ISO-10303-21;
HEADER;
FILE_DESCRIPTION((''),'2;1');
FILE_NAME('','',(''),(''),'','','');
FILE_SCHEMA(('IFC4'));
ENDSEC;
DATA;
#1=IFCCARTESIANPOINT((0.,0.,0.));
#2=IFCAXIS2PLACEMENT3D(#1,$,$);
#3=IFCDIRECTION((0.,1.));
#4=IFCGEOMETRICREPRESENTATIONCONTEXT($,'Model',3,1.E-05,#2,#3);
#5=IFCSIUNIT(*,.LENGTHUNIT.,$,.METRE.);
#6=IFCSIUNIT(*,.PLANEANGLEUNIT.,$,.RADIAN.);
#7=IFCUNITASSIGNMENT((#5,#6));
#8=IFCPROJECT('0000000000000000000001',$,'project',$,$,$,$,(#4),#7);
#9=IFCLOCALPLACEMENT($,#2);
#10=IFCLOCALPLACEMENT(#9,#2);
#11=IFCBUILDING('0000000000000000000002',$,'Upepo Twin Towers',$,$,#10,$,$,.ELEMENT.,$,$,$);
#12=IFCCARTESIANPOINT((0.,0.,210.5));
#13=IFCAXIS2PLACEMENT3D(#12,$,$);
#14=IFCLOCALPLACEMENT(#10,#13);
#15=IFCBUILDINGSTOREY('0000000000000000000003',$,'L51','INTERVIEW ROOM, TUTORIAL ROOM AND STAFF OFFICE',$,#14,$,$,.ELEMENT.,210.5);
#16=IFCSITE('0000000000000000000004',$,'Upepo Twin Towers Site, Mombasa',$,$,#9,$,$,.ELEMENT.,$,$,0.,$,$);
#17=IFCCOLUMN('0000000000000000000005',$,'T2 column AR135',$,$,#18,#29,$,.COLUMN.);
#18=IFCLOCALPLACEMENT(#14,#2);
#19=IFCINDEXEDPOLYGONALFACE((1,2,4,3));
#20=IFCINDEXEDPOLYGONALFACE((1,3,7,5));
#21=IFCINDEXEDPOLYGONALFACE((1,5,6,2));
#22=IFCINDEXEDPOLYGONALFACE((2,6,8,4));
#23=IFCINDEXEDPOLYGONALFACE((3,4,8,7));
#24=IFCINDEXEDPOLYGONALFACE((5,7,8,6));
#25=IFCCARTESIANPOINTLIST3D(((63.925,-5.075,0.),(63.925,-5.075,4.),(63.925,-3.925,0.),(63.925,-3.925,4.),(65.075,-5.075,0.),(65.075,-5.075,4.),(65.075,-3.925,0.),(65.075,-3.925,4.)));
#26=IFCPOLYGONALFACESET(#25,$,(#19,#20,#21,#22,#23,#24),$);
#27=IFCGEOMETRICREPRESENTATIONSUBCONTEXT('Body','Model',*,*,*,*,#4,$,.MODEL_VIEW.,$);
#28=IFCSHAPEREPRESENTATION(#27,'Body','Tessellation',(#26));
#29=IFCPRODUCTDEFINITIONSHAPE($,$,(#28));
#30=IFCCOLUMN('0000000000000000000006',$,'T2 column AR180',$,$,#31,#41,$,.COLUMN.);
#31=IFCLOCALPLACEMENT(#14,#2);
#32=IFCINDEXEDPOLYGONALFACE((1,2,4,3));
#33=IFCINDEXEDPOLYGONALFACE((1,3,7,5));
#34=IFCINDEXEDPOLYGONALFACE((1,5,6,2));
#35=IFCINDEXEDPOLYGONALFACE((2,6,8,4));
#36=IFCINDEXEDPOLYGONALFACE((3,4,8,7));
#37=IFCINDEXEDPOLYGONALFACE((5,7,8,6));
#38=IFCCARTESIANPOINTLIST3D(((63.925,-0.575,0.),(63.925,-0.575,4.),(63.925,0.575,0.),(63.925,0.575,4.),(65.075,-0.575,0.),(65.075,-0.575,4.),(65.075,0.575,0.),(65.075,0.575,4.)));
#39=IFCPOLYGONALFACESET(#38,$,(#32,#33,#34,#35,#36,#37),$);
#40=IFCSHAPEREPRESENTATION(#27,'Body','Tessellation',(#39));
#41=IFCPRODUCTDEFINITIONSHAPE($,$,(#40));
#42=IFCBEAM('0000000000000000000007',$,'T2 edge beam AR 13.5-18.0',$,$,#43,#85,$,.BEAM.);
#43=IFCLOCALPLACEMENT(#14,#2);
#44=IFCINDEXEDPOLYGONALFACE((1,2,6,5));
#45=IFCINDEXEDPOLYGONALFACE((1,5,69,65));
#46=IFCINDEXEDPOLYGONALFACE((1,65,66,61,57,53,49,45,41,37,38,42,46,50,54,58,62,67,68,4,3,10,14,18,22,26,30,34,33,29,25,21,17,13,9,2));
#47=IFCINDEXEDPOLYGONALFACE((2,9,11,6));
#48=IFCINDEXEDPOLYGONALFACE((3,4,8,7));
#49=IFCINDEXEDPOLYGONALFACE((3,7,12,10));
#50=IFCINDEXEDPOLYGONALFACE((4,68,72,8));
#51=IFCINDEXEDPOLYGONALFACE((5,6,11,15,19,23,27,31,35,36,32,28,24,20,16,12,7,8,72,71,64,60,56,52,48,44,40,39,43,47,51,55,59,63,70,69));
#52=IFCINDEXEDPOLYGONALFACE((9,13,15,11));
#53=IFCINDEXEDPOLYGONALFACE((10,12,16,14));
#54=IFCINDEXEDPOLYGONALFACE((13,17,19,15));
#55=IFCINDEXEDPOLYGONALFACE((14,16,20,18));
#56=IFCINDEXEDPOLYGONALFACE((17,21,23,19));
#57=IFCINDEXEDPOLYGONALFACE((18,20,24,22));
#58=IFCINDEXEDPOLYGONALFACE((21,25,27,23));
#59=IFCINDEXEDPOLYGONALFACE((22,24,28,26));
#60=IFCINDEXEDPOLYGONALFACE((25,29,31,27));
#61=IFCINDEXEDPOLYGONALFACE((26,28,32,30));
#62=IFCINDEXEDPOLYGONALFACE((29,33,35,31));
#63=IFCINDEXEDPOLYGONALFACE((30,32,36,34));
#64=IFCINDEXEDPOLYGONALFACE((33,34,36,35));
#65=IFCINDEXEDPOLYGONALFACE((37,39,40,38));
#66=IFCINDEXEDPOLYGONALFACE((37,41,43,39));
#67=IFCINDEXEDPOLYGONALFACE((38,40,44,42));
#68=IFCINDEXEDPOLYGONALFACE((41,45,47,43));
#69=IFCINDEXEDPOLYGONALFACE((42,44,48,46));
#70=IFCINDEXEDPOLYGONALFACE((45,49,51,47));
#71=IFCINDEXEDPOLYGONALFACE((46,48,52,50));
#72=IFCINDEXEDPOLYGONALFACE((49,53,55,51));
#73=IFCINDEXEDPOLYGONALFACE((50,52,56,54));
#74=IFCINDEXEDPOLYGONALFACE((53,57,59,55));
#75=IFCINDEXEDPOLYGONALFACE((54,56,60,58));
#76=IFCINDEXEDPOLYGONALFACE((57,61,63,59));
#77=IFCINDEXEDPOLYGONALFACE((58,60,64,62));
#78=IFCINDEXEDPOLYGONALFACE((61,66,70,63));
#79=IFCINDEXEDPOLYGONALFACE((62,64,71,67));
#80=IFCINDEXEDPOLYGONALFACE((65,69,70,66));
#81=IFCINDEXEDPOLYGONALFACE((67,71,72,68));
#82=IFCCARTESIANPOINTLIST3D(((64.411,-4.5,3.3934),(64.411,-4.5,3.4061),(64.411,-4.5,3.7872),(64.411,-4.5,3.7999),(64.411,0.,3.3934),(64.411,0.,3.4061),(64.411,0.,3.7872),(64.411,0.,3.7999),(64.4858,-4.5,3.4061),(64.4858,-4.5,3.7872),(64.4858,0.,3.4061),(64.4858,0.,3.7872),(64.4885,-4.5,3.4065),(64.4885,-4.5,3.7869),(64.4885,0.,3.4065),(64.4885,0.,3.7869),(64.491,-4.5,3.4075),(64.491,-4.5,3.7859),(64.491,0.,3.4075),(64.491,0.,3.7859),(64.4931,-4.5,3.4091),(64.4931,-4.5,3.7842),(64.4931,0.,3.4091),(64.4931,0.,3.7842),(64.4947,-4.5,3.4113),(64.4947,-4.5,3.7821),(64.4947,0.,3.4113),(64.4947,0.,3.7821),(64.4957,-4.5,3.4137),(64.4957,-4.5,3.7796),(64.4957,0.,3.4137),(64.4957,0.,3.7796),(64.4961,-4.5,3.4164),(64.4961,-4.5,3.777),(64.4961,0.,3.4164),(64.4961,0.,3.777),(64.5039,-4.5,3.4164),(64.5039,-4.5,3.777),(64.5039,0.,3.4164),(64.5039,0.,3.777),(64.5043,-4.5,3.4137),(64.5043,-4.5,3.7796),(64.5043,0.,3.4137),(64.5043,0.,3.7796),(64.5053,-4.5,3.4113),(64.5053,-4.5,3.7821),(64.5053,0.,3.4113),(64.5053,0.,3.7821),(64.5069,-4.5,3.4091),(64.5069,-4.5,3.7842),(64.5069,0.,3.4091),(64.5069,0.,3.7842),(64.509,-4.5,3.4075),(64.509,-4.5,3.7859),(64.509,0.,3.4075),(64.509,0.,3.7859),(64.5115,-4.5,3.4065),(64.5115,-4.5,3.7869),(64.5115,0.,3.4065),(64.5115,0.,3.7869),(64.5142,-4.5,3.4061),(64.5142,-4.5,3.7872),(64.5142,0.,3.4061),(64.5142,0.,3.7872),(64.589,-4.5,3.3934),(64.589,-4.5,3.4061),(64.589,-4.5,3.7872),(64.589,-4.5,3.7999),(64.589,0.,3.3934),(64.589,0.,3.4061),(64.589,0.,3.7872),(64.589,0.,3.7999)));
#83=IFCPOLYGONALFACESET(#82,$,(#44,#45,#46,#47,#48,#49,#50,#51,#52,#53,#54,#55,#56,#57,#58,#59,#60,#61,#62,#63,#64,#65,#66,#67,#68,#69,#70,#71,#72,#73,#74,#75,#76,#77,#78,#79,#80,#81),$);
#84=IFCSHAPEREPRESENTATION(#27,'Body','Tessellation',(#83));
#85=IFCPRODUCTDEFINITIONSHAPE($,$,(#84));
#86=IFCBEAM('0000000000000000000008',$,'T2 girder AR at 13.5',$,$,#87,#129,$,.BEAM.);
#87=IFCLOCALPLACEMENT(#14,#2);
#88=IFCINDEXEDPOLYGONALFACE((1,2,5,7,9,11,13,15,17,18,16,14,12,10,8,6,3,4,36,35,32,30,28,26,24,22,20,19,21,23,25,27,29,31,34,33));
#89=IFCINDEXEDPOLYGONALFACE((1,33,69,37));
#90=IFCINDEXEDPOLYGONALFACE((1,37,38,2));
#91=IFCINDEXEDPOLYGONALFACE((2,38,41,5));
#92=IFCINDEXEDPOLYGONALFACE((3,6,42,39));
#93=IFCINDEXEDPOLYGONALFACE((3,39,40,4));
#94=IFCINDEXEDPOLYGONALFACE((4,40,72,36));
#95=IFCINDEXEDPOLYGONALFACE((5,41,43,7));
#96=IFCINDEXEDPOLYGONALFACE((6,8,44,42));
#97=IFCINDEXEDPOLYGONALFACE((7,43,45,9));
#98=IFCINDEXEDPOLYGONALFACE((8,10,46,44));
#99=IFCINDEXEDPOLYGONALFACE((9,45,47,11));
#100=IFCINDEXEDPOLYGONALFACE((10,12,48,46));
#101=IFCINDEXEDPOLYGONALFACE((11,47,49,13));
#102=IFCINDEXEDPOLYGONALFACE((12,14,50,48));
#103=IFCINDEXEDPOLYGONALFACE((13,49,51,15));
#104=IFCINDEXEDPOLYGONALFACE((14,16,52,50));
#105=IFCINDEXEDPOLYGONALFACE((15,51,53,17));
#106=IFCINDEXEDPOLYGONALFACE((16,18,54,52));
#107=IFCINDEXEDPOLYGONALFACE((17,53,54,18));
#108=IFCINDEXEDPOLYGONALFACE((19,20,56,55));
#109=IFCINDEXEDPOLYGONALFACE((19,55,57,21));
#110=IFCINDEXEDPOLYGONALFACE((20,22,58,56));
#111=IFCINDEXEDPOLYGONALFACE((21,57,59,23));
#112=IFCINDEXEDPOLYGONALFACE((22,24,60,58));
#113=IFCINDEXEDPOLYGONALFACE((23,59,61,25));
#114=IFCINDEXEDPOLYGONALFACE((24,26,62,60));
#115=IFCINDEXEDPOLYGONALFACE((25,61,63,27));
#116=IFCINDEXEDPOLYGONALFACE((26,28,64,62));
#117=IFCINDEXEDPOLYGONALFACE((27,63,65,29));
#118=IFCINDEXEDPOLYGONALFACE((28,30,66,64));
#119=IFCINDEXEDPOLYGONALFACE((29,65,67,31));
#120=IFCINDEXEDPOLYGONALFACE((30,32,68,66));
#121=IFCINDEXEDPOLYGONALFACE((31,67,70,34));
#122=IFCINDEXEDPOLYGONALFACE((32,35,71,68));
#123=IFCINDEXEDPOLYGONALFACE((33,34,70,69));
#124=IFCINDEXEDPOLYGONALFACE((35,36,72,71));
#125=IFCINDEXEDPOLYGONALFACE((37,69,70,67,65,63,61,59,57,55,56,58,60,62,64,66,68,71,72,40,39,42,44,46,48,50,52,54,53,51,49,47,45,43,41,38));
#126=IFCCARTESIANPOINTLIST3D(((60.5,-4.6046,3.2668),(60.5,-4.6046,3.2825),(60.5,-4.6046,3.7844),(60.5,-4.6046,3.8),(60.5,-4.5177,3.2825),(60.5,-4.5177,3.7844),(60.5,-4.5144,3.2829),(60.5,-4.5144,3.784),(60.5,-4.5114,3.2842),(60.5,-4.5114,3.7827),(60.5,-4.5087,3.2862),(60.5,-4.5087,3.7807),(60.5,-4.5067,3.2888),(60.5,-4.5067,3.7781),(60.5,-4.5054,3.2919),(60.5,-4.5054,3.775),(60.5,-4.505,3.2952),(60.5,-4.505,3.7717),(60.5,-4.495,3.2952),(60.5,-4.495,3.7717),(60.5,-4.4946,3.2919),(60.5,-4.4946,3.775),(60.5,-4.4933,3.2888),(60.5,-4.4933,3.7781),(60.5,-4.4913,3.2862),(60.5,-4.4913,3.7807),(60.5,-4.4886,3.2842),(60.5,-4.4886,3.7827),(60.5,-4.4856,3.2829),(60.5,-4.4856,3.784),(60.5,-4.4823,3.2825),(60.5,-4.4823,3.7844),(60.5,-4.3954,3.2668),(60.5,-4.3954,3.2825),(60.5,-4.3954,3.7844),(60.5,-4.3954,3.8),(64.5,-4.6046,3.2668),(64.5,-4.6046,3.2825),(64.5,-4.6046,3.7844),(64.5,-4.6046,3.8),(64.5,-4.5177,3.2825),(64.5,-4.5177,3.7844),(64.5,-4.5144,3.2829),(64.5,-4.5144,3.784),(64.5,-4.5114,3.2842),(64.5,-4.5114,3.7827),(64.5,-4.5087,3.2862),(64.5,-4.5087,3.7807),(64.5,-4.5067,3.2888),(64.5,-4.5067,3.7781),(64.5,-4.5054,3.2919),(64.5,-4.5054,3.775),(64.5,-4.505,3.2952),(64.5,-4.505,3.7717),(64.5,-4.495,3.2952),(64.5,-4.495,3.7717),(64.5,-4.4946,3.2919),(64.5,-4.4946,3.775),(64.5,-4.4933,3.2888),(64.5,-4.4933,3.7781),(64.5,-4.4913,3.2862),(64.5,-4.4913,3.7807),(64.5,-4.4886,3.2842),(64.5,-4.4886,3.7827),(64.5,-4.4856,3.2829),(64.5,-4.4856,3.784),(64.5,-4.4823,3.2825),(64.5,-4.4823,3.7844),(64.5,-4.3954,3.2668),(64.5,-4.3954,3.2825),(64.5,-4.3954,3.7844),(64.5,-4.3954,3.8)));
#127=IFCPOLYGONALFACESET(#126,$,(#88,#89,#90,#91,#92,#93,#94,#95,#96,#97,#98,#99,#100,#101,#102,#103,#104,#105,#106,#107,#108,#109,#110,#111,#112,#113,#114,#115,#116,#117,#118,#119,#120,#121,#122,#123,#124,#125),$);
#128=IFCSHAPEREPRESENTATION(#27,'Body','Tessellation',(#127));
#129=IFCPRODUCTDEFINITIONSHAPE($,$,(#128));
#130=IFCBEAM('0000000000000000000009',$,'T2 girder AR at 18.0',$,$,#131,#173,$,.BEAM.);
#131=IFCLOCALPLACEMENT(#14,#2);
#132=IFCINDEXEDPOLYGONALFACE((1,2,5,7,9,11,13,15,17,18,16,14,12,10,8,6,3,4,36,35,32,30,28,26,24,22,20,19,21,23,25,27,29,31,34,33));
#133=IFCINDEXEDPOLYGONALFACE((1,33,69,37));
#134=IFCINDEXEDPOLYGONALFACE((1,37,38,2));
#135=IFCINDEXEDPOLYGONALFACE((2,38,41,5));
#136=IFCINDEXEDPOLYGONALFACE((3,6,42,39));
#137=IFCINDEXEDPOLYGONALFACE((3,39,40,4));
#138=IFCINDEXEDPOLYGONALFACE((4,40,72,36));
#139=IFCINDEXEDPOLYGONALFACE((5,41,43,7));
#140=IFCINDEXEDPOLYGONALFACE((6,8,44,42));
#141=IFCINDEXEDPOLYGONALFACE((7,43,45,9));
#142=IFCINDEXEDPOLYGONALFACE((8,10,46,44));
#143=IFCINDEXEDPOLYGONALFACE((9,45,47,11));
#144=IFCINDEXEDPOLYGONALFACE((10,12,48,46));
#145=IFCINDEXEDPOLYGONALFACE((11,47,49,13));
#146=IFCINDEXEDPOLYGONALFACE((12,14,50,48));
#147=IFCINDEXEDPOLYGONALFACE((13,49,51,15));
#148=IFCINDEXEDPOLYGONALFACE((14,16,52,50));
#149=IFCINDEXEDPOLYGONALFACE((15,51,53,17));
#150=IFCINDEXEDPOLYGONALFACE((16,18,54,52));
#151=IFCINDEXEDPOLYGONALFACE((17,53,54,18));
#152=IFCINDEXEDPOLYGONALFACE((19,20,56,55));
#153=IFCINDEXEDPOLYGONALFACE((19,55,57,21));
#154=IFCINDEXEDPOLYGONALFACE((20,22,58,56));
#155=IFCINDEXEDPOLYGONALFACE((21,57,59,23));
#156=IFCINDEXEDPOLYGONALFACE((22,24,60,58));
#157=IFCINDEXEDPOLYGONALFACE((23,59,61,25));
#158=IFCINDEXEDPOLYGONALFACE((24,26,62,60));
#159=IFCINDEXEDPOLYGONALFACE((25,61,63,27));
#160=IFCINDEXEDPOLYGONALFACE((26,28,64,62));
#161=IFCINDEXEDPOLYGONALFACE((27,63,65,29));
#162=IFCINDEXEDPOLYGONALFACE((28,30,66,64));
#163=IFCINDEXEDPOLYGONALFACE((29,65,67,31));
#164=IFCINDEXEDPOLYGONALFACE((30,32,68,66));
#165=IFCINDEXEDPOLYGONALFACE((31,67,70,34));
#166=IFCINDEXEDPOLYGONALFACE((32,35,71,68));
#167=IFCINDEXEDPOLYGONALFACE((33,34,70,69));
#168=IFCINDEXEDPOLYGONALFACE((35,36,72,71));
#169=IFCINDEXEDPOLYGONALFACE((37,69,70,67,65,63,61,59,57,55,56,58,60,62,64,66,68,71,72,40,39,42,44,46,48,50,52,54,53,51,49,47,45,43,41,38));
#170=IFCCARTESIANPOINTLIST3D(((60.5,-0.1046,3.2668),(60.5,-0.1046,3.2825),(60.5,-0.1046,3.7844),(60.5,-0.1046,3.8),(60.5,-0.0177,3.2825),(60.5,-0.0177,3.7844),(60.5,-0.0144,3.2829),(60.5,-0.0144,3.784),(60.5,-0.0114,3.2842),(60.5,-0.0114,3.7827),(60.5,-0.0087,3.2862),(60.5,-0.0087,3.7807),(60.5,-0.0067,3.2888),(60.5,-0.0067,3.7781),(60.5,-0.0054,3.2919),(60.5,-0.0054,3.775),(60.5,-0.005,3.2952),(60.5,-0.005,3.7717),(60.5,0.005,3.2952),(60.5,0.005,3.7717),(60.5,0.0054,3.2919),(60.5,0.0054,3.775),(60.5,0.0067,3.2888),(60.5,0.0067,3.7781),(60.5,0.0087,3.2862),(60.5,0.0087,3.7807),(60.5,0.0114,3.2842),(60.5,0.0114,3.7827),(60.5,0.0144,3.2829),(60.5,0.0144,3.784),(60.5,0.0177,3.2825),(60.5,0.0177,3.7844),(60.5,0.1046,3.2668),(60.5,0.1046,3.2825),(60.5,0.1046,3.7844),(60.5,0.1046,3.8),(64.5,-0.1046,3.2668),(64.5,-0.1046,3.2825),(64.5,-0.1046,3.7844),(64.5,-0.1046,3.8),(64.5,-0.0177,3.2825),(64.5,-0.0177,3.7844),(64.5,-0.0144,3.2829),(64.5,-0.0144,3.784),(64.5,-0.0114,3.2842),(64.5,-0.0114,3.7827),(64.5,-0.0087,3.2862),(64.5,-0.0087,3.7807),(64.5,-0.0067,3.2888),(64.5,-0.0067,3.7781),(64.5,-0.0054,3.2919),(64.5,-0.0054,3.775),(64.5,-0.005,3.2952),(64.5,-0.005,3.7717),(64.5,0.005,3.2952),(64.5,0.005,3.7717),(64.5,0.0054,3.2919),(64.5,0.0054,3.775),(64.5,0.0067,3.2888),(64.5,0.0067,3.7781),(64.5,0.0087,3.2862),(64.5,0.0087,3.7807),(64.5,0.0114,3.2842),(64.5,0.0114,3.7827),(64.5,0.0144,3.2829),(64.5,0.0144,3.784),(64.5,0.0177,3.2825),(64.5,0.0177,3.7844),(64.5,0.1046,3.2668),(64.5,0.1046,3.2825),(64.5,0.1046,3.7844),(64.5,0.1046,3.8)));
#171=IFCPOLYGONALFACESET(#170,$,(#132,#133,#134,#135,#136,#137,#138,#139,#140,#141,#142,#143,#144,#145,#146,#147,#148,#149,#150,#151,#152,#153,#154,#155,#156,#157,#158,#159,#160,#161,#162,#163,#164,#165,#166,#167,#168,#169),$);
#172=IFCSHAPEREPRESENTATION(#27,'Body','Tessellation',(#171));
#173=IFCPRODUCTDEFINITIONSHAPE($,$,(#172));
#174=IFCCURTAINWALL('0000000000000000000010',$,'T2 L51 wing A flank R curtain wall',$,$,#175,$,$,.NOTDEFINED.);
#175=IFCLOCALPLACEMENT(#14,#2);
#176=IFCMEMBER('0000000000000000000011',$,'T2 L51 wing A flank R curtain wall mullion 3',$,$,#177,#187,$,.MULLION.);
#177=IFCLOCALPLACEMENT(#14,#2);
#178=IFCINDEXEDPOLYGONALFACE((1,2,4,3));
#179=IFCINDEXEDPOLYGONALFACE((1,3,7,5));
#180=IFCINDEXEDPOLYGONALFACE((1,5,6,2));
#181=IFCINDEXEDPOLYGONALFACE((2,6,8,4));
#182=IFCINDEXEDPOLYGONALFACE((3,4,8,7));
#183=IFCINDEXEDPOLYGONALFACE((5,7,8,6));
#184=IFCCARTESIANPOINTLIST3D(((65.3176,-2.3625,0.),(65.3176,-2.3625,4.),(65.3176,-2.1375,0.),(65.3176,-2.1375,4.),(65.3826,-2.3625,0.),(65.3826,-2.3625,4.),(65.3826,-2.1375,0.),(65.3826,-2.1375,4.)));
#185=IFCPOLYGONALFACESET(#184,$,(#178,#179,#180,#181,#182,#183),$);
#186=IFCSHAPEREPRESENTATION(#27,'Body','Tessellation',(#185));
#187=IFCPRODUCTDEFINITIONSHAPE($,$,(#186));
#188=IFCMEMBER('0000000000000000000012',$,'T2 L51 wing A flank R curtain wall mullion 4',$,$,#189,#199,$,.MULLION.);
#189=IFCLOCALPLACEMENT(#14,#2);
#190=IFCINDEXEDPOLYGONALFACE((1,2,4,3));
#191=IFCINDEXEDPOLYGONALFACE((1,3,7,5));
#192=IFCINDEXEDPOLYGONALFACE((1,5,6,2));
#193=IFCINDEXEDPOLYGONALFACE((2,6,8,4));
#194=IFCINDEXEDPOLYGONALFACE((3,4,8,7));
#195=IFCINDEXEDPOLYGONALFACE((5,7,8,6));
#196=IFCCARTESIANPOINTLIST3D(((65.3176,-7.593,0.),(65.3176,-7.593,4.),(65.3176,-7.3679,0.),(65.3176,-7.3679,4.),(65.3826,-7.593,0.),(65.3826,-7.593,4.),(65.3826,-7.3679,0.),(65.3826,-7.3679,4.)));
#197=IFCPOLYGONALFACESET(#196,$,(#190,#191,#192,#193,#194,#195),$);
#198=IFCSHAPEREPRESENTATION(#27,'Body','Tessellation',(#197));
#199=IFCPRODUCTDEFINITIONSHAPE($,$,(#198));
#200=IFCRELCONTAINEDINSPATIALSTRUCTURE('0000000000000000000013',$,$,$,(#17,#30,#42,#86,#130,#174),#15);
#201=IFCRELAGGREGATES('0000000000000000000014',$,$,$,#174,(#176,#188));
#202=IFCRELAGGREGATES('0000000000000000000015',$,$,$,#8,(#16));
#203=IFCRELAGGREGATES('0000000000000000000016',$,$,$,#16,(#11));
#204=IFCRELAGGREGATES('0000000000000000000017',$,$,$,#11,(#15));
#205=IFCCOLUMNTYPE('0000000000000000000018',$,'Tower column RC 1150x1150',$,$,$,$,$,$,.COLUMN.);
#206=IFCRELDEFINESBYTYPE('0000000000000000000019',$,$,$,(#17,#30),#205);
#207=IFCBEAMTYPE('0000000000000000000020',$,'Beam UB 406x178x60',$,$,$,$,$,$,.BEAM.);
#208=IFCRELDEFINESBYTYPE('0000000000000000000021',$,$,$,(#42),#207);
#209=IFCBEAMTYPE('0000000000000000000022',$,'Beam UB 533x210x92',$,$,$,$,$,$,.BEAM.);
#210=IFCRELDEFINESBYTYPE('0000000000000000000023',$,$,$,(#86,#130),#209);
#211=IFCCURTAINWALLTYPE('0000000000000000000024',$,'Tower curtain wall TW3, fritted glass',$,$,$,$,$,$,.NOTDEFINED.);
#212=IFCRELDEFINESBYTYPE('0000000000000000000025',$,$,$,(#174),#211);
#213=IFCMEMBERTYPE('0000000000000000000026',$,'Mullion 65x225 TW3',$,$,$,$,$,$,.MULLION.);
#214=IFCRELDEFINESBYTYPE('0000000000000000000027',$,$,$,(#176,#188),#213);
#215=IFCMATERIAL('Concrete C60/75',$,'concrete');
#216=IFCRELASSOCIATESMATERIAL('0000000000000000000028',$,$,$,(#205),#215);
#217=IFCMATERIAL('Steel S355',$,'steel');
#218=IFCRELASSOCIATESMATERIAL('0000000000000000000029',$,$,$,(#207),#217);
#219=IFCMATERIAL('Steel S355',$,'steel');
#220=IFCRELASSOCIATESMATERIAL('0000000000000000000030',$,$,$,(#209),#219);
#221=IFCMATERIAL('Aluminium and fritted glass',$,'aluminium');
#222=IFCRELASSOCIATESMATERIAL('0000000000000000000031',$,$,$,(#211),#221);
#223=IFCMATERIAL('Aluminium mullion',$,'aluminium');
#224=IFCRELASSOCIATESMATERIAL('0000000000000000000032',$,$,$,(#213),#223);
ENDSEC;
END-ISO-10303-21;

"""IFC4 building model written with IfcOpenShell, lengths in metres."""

from ifc_helpers import new_model, si_unit, direction, frame, origin, origin_2d, place, context, subcontext, project, spatial, rectangle, i_section, extrude, material, material_profile, profile_set, type_object, element, aggregate, save


model = new_model("IFC4")

# Units and contexts
model_context = context("Model", 3, precision=1e-05, world=origin(), true_north=direction((0.0, 1.0)))
body_context = subcontext(model_context, "Body", "Model", "MODEL_VIEW")
ifc_project = project(units=[si_unit("LENGTHUNIT", "METRE"), si_unit("PLANEANGLEUNIT", "RADIAN")], contexts=[model_context])

# Site, building, storey
site_placement = place(None, origin())
site = spatial("IfcSite", under=ifc_project, at=site_placement, Name="Upepo Twin Towers Site, Mombasa", CompositionType="ELEMENT", RefElevation=0.0)
building_placement = place(site_placement, origin())
building = spatial("IfcBuilding", under=site, at=building_placement, Name="Upepo Twin Towers", CompositionType="ELEMENT")
storey_placement = place(building_placement, frame((0.0, 0.0, 210.5)))
storey = spatial("IfcBuildingStorey", under=building, at=storey_placement, Name="L51", Description="INTERVIEW ROOM, TUTORIAL ROOM AND STAFF OFFICE", CompositionType="ELEMENT", Elevation=210.5)

# Columns
ifc_material_1 = material(Name="Concrete C60/75", Category="concrete")
ifc_material_profile_1 = material_profile(ifc_material_1, rectangle(XDim=1.1499, YDim=1.1499, at=origin_2d()), Name="RC 1150x1150")
ifc_profile_set_1 = profile_set([ifc_material_profile_1], Name="Concrete C60/75")
column_type = type_object("IfcColumnType", Name="Tower column RC 1150x1150", PredefinedType="COLUMN", material=ifc_profile_set_1)
for number, where, z_axis, x_axis, name in (
    (1, (64.5, -4.5, 0.0), (0.0, 0.0, 1.0), (1.0, 0.0, 0.0), "T2 column AR135"),
    (2, (64.5, 0.0, 0.0), (0.0, 0.0, 1.0), (1.0, 0.0, 0.0), "T2 column AR180"),
):
    element("IfcColumn", number, at=place(storey_placement, frame(where, z_axis=z_axis, x_axis=x_axis)), inside=storey, type_object=column_type, Name=name, PredefinedType="COLUMN", context=body_context, shape_type="SweptSolid", body=[
        extrude(rectangle(XDim=1.1499, YDim=1.1499, at=origin_2d()), origin(), (0.0, 0.0, 1.0), 4.0),
    ])

# Beams
ifc_material_2 = material(Name="Steel S355", Category="steel")
ifc_material_profile_2 = material_profile(ifc_material_2, i_section(OverallWidth=0.178, OverallDepth=0.4065, WebThickness=0.0078, FlangeThickness=0.0127, FilletRadius=0.0103, at=origin_2d()), Name="UB 406x178x60")
ifc_profile_set_2 = profile_set([ifc_material_profile_2], Name="Steel S355")
beam_type_1 = type_object("IfcBeamType", Name="Beam UB 406x178x60", PredefinedType="BEAM", material=ifc_profile_set_2)
beam_placement = place(storey_placement, frame((64.5, -4.5, 3.5967), z_axis=(0.0, 1.0, 0.0), x_axis=(-1.0, 0.0, 0.0)))
element("IfcBeam", 3, at=beam_placement, inside=storey, type_object=beam_type_1, Name="T2 edge beam AR 13.5-18.0", PredefinedType="BEAM", context=body_context, shape_type="SweptSolid", body=[
    extrude(i_section(OverallWidth=0.178, OverallDepth=0.4065, WebThickness=0.0078, FlangeThickness=0.0127, FilletRadius=0.0103, at=origin_2d()), origin(), (0.0, 0.0, 1.0), 4.5),
])
ifc_material_3 = material(Name="Steel S355", Category="steel")
ifc_material_profile_3 = material_profile(ifc_material_3, i_section(OverallWidth=0.2092, OverallDepth=0.5332, WebThickness=0.01, FlangeThickness=0.0156, FilletRadius=0.0127, at=origin_2d()), Name="UB 533x210x92")
ifc_profile_set_3 = profile_set([ifc_material_profile_3], Name="Steel S355")
beam_type_2 = type_object("IfcBeamType", Name="Beam UB 533x210x92", PredefinedType="BEAM", material=ifc_profile_set_3)
for number, where, z_axis, x_axis, name in (
    (4, (64.5, -4.5, 3.5334), (-1.0, 0.0, 0.0), (0.0, -1.0, 0.0), "T2 girder AR at 13.5"),
    (5, (64.5, 0.0, 3.5334), (-1.0, 0.0, 0.0), (0.0, -1.0, 0.0), "T2 girder AR at 18.0"),
):
    element("IfcBeam", number, at=place(storey_placement, frame(where, z_axis=z_axis, x_axis=x_axis)), inside=storey, type_object=beam_type_2, Name=name, PredefinedType="BEAM", context=body_context, shape_type="SweptSolid", body=[
        extrude(i_section(OverallWidth=0.2092, OverallDepth=0.5332, WebThickness=0.01, FlangeThickness=0.0156, FilletRadius=0.0127, at=origin_2d()), origin(), (0.0, 0.0, 1.0), 4.0),
    ])

# Curtain wall, members
ifc_material_4 = material(Name="Aluminium and fritted glass", Category="aluminium")
curtain_wall_type = type_object("IfcCurtainWallType", Name="Tower curtain wall TW3, fritted glass", PredefinedType="NOTDEFINED", material=ifc_material_4)
curtain_wall_placement = place(storey_placement, origin())
curtain_wall = element("IfcCurtainWall", 6, at=curtain_wall_placement, inside=storey, type_object=curtain_wall_type, Name="T2 L51 wing A flank R curtain wall", PredefinedType="NOTDEFINED")
ifc_material_5 = material(Name="Aluminium mullion", Category="aluminium")
ifc_material_profile_4 = material_profile(ifc_material_5, rectangle(XDim=0.0649, YDim=0.2251, at=origin_2d()), Name="MULLION 65x225")
ifc_profile_set_4 = profile_set([ifc_material_profile_4], Name="Aluminium mullion")
member_type_1 = type_object("IfcMemberType", Name="Mullion 65x225 TW3", PredefinedType="MULLION", material=ifc_profile_set_4)
member_1_placement = place(storey_placement, frame((65.3501, -2.25, 0.0), z_axis=(0.0, 0.0, 1.0), x_axis=(1.0, 0.0, 0.0)))
member_1 = element("IfcMember", 7, at=member_1_placement, type_object=member_type_1, Name="T2 L51 wing A flank R curtain wall mullion 3", PredefinedType="MULLION", context=body_context, shape_type="SweptSolid", body=[
    extrude(rectangle(XDim=0.0649, YDim=0.2251, at=origin_2d()), origin(), (0.0, 0.0, 1.0), 4.0),
])
member_2_placement = place(storey_placement, frame((65.3501, -7.4805, 0.0), z_axis=(0.0, 0.0, 1.0), x_axis=(1.0, 0.0, 0.0)))
member_2 = element("IfcMember", 8, at=member_2_placement, type_object=member_type_1, Name="T2 L51 wing A flank R curtain wall mullion 4", PredefinedType="MULLION", context=body_context, shape_type="SweptSolid", body=[
    extrude(rectangle(XDim=0.0649, YDim=0.2251, at=origin_2d()), origin(), (0.0, 0.0, 1.0), 4.0),
])
aggregate(curtain_wall, [member_1, member_2])

save(model, "model.ifc")
